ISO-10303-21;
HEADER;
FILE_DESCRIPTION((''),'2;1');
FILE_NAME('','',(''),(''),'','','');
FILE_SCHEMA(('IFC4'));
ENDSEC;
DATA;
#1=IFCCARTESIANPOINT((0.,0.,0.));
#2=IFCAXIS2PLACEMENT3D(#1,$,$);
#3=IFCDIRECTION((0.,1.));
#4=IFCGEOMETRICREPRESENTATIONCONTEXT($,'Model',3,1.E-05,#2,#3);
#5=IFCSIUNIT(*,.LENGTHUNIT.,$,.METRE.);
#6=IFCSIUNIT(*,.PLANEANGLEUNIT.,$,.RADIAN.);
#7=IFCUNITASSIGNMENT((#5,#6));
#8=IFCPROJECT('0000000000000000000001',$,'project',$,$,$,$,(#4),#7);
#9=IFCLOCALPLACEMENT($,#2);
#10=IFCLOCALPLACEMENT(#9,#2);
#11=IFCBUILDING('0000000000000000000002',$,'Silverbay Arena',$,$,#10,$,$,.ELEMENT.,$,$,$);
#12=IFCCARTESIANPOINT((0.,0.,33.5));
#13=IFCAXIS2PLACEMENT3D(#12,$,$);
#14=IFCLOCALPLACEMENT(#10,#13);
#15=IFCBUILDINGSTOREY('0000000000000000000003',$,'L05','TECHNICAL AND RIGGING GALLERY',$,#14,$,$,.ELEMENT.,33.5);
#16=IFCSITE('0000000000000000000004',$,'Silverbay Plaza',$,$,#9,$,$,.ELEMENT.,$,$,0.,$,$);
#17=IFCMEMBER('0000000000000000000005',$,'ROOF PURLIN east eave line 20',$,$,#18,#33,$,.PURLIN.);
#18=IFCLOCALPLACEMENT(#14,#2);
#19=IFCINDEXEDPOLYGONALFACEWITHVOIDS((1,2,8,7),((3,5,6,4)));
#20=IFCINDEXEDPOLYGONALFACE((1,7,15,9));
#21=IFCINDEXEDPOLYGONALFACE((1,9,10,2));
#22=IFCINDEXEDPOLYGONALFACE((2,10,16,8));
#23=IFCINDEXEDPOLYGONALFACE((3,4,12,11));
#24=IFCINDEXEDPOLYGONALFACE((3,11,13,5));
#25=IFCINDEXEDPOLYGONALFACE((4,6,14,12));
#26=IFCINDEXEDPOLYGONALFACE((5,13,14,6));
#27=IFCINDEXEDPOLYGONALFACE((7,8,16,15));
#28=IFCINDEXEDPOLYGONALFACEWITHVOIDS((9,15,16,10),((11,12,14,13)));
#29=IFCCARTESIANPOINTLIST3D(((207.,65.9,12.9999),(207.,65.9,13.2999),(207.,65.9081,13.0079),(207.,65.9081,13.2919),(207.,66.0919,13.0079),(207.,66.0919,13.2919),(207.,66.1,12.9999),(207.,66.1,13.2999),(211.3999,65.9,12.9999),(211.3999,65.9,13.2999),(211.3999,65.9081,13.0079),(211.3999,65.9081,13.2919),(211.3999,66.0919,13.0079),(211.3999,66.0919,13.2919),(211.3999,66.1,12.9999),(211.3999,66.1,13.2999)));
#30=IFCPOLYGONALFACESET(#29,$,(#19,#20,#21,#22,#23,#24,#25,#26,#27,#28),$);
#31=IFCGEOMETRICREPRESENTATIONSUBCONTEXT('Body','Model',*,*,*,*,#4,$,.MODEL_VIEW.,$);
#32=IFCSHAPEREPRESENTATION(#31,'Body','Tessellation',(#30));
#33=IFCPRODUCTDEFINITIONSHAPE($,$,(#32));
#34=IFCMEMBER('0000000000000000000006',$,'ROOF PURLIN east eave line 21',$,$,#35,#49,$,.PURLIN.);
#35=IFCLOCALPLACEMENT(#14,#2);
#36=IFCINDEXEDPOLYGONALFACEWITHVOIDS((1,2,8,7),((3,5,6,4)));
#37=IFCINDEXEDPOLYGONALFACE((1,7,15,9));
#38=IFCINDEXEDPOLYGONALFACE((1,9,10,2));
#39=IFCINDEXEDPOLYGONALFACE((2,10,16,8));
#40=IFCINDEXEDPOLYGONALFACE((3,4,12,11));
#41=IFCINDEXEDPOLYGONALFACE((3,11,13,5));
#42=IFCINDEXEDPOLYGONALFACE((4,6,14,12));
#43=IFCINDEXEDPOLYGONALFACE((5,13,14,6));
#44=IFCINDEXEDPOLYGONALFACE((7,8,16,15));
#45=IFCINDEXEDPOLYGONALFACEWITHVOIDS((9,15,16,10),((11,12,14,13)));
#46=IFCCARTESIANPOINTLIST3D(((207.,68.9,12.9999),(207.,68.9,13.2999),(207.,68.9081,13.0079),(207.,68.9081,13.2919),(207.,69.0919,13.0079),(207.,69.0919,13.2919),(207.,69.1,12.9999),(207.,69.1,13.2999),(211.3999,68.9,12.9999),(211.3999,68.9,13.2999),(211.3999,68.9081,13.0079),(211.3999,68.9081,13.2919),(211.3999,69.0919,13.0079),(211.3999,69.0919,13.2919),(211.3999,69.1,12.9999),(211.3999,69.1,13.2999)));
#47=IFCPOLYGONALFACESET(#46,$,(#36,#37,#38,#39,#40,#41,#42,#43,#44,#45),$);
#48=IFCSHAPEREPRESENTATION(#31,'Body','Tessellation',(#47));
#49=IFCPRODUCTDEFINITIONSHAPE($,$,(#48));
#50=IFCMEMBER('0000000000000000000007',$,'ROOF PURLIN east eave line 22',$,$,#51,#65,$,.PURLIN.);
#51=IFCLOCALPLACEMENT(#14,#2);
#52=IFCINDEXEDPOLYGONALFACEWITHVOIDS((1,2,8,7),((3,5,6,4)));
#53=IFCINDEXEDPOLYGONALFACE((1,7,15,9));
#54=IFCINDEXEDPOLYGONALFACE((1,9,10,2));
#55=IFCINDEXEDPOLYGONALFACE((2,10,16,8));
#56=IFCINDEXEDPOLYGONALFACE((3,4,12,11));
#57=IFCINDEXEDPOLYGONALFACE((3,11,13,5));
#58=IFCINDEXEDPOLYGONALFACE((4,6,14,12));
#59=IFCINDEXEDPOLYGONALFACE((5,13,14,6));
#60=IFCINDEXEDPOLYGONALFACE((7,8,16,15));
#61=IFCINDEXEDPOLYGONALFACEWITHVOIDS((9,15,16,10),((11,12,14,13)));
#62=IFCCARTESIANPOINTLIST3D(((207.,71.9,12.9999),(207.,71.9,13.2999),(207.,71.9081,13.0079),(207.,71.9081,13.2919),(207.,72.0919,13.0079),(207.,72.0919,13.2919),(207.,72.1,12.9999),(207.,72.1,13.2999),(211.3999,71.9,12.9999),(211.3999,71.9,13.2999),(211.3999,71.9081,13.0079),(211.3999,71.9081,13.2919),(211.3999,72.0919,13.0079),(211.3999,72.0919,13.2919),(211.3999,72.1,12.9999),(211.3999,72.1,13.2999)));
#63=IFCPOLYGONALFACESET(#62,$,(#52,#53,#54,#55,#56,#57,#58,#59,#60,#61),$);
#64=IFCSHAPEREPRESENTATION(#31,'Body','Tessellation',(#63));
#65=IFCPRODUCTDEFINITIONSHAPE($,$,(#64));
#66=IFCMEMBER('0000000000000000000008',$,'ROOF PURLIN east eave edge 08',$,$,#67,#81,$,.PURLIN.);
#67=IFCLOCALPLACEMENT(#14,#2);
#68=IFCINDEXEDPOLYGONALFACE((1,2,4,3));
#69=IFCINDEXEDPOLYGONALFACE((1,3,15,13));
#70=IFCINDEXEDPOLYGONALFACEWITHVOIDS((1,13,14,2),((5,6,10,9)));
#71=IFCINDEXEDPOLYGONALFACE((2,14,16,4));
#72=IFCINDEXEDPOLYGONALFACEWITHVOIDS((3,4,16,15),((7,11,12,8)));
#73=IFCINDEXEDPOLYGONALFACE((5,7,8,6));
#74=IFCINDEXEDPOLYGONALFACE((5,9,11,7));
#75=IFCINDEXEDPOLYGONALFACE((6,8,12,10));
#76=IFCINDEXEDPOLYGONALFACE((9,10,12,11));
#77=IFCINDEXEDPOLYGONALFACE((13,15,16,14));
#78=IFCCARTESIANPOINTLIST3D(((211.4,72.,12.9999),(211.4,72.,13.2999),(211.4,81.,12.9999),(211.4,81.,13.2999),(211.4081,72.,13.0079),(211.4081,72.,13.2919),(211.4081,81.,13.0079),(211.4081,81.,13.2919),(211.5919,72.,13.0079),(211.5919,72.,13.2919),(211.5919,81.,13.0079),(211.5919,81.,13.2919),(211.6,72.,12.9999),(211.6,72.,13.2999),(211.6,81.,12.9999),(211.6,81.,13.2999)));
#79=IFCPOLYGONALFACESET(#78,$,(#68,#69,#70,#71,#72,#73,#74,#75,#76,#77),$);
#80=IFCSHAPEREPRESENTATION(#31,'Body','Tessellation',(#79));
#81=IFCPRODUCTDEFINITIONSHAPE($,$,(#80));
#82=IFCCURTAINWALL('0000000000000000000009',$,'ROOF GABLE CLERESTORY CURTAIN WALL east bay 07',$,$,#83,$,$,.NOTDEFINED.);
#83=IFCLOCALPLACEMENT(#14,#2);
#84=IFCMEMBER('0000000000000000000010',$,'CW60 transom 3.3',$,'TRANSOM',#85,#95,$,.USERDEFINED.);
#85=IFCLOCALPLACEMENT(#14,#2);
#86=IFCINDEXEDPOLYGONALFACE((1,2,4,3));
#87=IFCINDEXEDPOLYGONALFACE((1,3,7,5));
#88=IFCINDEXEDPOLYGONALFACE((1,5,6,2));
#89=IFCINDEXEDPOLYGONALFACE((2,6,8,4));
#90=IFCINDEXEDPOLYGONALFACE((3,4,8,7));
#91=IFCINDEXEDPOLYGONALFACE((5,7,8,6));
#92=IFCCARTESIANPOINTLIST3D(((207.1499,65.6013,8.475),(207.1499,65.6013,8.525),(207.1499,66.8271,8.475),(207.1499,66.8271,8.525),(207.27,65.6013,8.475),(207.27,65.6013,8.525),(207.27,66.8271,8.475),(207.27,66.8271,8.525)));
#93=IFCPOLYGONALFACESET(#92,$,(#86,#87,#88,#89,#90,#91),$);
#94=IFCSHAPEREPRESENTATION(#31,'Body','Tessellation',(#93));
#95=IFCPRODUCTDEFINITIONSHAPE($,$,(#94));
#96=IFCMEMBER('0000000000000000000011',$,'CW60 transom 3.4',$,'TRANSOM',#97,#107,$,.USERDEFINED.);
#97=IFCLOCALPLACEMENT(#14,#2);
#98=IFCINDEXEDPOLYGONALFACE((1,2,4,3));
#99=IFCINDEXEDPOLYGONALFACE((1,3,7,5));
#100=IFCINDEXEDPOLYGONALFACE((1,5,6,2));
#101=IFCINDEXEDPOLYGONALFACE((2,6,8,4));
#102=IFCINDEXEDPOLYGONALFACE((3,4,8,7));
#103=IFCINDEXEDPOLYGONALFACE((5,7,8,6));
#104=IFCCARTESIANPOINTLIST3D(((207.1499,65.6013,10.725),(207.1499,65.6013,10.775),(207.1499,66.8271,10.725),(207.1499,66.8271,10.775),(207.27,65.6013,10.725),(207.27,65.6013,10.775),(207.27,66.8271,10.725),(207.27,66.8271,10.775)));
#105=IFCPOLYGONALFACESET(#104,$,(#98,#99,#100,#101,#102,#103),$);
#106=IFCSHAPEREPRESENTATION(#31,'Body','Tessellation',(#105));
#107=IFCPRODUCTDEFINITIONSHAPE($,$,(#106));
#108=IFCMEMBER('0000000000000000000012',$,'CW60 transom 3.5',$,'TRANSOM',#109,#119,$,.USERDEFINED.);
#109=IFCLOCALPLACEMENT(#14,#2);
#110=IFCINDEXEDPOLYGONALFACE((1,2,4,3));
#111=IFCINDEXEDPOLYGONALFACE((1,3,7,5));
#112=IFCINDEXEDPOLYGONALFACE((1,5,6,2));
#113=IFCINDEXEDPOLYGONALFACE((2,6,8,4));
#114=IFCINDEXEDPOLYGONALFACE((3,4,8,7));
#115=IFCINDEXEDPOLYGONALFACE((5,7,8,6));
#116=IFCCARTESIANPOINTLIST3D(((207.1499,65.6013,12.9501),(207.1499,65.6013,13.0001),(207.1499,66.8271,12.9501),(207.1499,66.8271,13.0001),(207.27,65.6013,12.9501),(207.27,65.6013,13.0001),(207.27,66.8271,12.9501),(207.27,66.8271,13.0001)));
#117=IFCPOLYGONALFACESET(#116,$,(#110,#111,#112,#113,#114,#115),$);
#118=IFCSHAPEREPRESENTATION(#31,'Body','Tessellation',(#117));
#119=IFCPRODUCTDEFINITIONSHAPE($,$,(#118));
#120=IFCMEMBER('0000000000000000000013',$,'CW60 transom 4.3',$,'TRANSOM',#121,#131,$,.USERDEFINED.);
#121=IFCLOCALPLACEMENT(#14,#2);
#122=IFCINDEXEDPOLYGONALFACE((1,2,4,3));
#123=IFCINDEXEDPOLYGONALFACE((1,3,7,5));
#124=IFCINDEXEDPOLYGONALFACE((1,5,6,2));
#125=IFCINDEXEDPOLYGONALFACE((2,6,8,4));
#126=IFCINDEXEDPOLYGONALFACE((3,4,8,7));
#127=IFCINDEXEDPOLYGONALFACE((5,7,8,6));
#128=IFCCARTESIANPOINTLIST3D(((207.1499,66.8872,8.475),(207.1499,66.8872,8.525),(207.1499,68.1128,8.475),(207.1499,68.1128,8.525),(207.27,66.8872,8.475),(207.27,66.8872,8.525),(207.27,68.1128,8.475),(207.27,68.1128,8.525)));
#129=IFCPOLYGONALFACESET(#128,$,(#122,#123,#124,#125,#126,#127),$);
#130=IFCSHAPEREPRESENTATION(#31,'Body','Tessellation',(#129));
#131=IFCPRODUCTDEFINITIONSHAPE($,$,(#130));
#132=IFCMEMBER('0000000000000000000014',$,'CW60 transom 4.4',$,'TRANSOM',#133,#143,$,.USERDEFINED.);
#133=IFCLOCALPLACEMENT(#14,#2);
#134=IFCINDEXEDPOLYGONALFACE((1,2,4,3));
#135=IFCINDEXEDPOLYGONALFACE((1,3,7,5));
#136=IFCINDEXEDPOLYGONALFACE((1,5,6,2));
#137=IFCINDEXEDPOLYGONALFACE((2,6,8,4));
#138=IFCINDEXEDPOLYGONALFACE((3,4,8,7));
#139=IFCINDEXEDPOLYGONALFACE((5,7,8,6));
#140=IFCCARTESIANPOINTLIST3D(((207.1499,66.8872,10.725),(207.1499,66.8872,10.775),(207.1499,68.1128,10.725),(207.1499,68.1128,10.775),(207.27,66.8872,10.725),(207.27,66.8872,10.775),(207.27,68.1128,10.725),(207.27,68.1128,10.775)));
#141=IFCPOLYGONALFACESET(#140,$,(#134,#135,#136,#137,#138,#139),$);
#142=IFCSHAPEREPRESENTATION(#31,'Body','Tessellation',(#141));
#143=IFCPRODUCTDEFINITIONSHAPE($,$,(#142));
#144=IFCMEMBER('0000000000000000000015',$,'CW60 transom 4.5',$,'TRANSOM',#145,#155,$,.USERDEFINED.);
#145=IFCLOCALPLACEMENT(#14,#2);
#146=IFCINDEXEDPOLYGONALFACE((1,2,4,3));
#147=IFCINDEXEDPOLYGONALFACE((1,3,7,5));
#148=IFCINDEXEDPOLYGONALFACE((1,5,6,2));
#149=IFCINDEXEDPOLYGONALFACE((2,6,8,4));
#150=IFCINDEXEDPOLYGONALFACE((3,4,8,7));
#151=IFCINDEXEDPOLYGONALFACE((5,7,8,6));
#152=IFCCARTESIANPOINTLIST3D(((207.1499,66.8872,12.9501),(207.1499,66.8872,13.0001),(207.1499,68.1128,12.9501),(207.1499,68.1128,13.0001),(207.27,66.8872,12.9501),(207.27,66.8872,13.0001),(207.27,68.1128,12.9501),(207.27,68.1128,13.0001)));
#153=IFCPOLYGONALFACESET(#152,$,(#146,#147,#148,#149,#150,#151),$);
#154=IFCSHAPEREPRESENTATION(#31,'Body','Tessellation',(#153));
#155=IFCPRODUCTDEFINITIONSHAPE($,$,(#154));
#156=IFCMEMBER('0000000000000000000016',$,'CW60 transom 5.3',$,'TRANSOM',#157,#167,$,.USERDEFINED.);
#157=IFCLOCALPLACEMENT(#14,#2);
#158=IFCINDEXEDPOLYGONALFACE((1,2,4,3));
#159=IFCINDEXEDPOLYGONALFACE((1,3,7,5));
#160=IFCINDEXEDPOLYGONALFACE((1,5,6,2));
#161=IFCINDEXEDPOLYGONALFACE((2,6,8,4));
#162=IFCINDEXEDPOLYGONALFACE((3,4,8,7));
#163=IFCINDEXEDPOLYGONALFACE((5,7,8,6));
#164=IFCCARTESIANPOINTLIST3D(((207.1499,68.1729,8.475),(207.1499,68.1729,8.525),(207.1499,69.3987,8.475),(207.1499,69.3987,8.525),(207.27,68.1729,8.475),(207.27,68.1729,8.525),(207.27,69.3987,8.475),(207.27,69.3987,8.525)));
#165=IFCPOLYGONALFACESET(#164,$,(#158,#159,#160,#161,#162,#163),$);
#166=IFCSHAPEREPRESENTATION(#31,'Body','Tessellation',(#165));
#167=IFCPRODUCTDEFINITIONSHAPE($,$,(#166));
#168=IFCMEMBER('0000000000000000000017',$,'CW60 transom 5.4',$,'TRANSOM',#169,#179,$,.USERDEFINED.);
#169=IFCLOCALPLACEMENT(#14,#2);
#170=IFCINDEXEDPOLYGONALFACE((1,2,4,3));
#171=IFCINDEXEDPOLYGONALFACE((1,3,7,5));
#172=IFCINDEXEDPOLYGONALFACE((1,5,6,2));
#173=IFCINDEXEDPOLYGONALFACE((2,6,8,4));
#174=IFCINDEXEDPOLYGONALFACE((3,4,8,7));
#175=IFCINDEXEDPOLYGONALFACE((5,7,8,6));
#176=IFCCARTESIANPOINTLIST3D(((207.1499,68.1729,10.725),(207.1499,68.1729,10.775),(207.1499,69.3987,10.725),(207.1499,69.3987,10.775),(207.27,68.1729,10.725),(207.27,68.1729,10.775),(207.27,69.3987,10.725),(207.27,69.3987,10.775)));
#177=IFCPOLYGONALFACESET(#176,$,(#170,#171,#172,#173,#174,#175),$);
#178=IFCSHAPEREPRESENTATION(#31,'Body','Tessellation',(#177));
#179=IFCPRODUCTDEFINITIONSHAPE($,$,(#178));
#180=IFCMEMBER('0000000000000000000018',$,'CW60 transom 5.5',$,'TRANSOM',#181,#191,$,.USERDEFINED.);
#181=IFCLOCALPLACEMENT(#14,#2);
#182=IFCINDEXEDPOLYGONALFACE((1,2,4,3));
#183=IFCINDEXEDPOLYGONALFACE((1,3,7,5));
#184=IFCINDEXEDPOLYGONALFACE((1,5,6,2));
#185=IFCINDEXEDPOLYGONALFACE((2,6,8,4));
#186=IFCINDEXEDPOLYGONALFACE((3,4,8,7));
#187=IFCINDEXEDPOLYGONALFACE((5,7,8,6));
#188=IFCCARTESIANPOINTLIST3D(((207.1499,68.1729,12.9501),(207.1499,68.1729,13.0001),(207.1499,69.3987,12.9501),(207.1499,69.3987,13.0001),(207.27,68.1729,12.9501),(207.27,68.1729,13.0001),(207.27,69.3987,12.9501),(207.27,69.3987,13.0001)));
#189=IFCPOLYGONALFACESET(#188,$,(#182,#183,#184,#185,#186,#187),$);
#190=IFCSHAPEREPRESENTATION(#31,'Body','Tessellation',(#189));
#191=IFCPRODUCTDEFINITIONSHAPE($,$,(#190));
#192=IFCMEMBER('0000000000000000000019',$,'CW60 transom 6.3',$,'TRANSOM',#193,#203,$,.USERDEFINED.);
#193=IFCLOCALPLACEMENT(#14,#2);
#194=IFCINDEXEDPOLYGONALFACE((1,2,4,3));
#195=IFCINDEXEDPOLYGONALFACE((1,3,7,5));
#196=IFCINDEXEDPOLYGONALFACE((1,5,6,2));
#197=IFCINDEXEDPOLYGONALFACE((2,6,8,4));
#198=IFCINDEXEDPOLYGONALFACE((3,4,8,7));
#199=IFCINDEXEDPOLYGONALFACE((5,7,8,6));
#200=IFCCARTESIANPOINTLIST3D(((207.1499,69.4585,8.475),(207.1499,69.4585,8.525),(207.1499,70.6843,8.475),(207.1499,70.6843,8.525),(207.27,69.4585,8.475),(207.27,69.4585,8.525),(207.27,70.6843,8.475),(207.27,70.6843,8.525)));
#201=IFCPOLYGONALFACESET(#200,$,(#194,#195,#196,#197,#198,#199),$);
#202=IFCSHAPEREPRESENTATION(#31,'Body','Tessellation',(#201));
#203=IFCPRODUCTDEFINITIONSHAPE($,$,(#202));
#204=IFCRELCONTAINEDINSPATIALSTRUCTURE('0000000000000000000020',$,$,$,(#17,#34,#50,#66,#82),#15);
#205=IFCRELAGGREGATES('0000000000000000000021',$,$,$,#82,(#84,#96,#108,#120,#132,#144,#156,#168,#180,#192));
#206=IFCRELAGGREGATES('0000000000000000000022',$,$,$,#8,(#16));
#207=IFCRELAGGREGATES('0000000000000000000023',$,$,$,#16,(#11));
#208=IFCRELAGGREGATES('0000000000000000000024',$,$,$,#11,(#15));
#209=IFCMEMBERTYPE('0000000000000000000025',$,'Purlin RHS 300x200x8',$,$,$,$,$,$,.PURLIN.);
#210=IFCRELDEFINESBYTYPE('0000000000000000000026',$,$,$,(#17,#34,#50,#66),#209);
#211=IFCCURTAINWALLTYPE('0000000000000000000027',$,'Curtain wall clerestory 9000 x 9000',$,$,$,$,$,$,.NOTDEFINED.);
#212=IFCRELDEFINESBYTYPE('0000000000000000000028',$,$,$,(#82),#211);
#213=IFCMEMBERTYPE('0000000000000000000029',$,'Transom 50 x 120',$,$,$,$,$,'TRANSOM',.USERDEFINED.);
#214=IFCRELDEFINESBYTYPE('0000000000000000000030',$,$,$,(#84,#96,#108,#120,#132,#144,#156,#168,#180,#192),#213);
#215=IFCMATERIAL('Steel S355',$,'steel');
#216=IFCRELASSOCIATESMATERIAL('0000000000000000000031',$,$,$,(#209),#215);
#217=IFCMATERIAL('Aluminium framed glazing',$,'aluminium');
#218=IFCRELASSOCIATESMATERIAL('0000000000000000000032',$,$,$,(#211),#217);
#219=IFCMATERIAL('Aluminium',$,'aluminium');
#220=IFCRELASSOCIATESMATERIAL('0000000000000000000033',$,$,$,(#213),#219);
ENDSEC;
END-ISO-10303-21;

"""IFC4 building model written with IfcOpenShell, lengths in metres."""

from ifc_helpers import new_model, si_unit, direction, frame, origin, origin_2d, place, context, subcontext, project, spatial, rectangle, hollow_rectangle, extrude, material, material_profile, profile_set, type_object, element, aggregate, save


model = new_model("IFC4")

# Units and contexts
model_context = context("Model", 3, precision=1e-05, world=origin(), true_north=direction((0.0, 1.0)))
body_context = subcontext(model_context, "Body", "Model", "MODEL_VIEW")
ifc_project = project(units=[si_unit("LENGTHUNIT", "METRE"), si_unit("PLANEANGLEUNIT", "RADIAN")], contexts=[model_context])

# Site, building, storey
site_placement = place(None, origin())
site = spatial("IfcSite", under=ifc_project, at=site_placement, Name="Silverbay Plaza", CompositionType="ELEMENT", RefElevation=0.0)
building_placement = place(site_placement, origin())
building = spatial("IfcBuilding", under=site, at=building_placement, Name="Silverbay Arena", CompositionType="ELEMENT")
storey_placement = place(building_placement, frame((0.0, 0.0, 33.5)))
storey = spatial("IfcBuildingStorey", under=building, at=storey_placement, Name="L05", Description="TECHNICAL AND RIGGING GALLERY", CompositionType="ELEMENT", Elevation=33.5)

# Members
ifc_material_1 = material(Name="Steel S355", Category="steel")
ifc_material_profile_1 = material_profile(ifc_material_1, hollow_rectangle(XDim=0.2, YDim=0.3, WallThickness=0.0081, at=origin_2d()), Name="RHS 300x200x8")
ifc_profile_set_1 = profile_set([ifc_material_profile_1], Name="Steel S355")
member_type_1 = type_object("IfcMemberType", Name="Purlin RHS 300x200x8", PredefinedType="PURLIN", material=ifc_profile_set_1)
for number, where, z_axis, x_axis, name in (
    (1, (211.3999, 66.0, 13.1499), (-1.0, 0.0, 0.0), (0.0, -1.0, 0.0), "ROOF PURLIN east eave line 20"),
    (2, (211.3999, 69.0, 13.1499), (-1.0, 0.0, 0.0), (0.0, -1.0, 0.0), "ROOF PURLIN east eave line 21"),
    (3, (211.3999, 72.0, 13.1499), (-1.0, 0.0, 0.0), (0.0, -1.0, 0.0), "ROOF PURLIN east eave line 22"),
):
    element("IfcMember", number, at=place(storey_placement, frame(where, z_axis=z_axis, x_axis=x_axis)), inside=storey, type_object=member_type_1, Name=name, PredefinedType="PURLIN", context=body_context, shape_type="SweptSolid", body=[
        extrude(hollow_rectangle(XDim=0.2, YDim=0.3, WallThickness=0.0081, at=origin_2d()), origin(), (0.0, 0.0, 1.0), 4.3999),
    ])
member_1_placement = place(storey_placement, frame((211.5, 72.0, 13.1499), z_axis=(0.0, 1.0, 0.0), x_axis=(-1.0, 0.0, 0.0)))
element("IfcMember", 4, at=member_1_placement, inside=storey, type_object=member_type_1, Name="ROOF PURLIN east eave edge 08", PredefinedType="PURLIN", context=body_context, shape_type="SweptSolid", body=[
    extrude(hollow_rectangle(XDim=0.2, YDim=0.3, WallThickness=0.0081, at=origin_2d()), origin(), (0.0, 0.0, 1.0), 9.0),
])

# Curtain wall, members
ifc_material_2 = material(Name="Aluminium framed glazing", Category="aluminium")
curtain_wall_type = type_object("IfcCurtainWallType", Name="Curtain wall clerestory 9000 x 9000", PredefinedType="NOTDEFINED", material=ifc_material_2)
curtain_wall_1_placement = place(storey_placement, origin())
curtain_wall_1 = element("IfcCurtainWall", 5, at=curtain_wall_1_placement, inside=storey, type_object=curtain_wall_type, Name="ROOF GABLE CLERESTORY CURTAIN WALL east bay 07", PredefinedType="NOTDEFINED")
ifc_material_3 = material(Name="Aluminium", Category="aluminium")
ifc_material_profile_2 = material_profile(ifc_material_3, rectangle(XDim=0.1201, YDim=0.05, at=origin_2d()), Name="Transom 50 x 120")
ifc_profile_set_2 = profile_set([ifc_material_profile_2], Name="Aluminium")
member_type_2 = type_object("IfcMemberType", Name="Transom 50 x 120", ElementType="TRANSOM", PredefinedType="USERDEFINED", material=ifc_profile_set_2)
member_2_placement = place(storey_placement, frame((207.21, 65.6013, 8.5), z_axis=(0.0, 1.0, 0.0), x_axis=(-1.0, 0.0, 0.0)))
member_2 = element("IfcMember", 6, at=member_2_placement, type_object=member_type_2, Name="CW60 transom 3.3", ObjectType="TRANSOM", PredefinedType="USERDEFINED", context=body_context, shape_type="SweptSolid", body=[
    extrude(rectangle(XDim=0.1201, YDim=0.05, at=origin_2d()), origin(), (0.0, 0.0, 1.0), 1.2258),
])
member_3_placement = place(storey_placement, frame((207.21, 65.6013, 10.75), z_axis=(0.0, 1.0, 0.0), x_axis=(-1.0, 0.0, 0.0)))
member_3 = element("IfcMember", 7, at=member_3_placement, type_object=member_type_2, Name="CW60 transom 3.4", ObjectType="TRANSOM", PredefinedType="USERDEFINED", context=body_context, shape_type="SweptSolid", body=[
    extrude(rectangle(XDim=0.1201, YDim=0.05, at=origin_2d()), origin(), (0.0, 0.0, 1.0), 1.2258),
])
member_4_placement = place(storey_placement, frame((207.21, 65.6013, 12.9751), z_axis=(0.0, 1.0, 0.0), x_axis=(-1.0, 0.0, 0.0)))
member_4 = element("IfcMember", 8, at=member_4_placement, type_object=member_type_2, Name="CW60 transom 3.5", ObjectType="TRANSOM", PredefinedType="USERDEFINED", context=body_context, shape_type="SweptSolid", body=[
    extrude(rectangle(XDim=0.1201, YDim=0.05, at=origin_2d()), origin(), (0.0, 0.0, 1.0), 1.2258),
])
member_5_placement = place(storey_placement, frame((207.21, 66.8872, 8.5), z_axis=(0.0, 1.0, 0.0), x_axis=(-1.0, 0.0, 0.0)))
member_5 = element("IfcMember", 9, at=member_5_placement, type_object=member_type_2, Name="CW60 transom 4.3", ObjectType="TRANSOM", PredefinedType="USERDEFINED", context=body_context, shape_type="SweptSolid", body=[
    extrude(rectangle(XDim=0.1201, YDim=0.05, at=origin_2d()), origin(), (0.0, 0.0, 1.0), 1.2256),
])
member_6_placement = place(storey_placement, frame((207.21, 66.8872, 10.75), z_axis=(0.0, 1.0, 0.0), x_axis=(-1.0, 0.0, 0.0)))
member_6 = element("IfcMember", 10, at=member_6_placement, type_object=member_type_2, Name="CW60 transom 4.4", ObjectType="TRANSOM", PredefinedType="USERDEFINED", context=body_context, shape_type="SweptSolid", body=[
    extrude(rectangle(XDim=0.1201, YDim=0.05, at=origin_2d()), origin(), (0.0, 0.0, 1.0), 1.2256),
])
member_7_placement = place(storey_placement, frame((207.21, 66.8872, 12.9751), z_axis=(0.0, 1.0, 0.0), x_axis=(-1.0, 0.0, 0.0)))
member_7 = element("IfcMember", 11, at=member_7_placement, type_object=member_type_2, Name="CW60 transom 4.5", ObjectType="TRANSOM", PredefinedType="USERDEFINED", context=body_context, shape_type="SweptSolid", body=[
    extrude(rectangle(XDim=0.1201, YDim=0.05, at=origin_2d()), origin(), (0.0, 0.0, 1.0), 1.2256),
])
member_8_placement = place(storey_placement, frame((207.21, 68.1729, 8.5), z_axis=(0.0, 1.0, 0.0), x_axis=(-1.0, 0.0, 0.0)))
member_8 = element("IfcMember", 12, at=member_8_placement, type_object=member_type_2, Name="CW60 transom 5.3", ObjectType="TRANSOM", PredefinedType="USERDEFINED", context=body_context, shape_type="SweptSolid", body=[
    extrude(rectangle(XDim=0.1201, YDim=0.05, at=origin_2d()), origin(), (0.0, 0.0, 1.0), 1.2258),
])
member_9_placement = place(storey_placement, frame((207.21, 68.1729, 10.75), z_axis=(0.0, 1.0, 0.0), x_axis=(-1.0, 0.0, 0.0)))
member_9 = element("IfcMember", 13, at=member_9_placement, type_object=member_type_2, Name="CW60 transom 5.4", ObjectType="TRANSOM", PredefinedType="USERDEFINED", context=body_context, shape_type="SweptSolid", body=[
    extrude(rectangle(XDim=0.1201, YDim=0.05, at=origin_2d()), origin(), (0.0, 0.0, 1.0), 1.2258),
])
member_10_placement = place(storey_placement, frame((207.21, 68.1729, 12.9751), z_axis=(0.0, 1.0, 0.0), x_axis=(-1.0, 0.0, 0.0)))
member_10 = element("IfcMember", 14, at=member_10_placement, type_object=member_type_2, Name="CW60 transom 5.5", ObjectType="TRANSOM", PredefinedType="USERDEFINED", context=body_context, shape_type="SweptSolid", body=[
    extrude(rectangle(XDim=0.1201, YDim=0.05, at=origin_2d()), origin(), (0.0, 0.0, 1.0), 1.2258),
])
member_11_placement = place(storey_placement, frame((207.21, 69.4585, 8.5), z_axis=(0.0, 1.0, 0.0), x_axis=(-1.0, 0.0, 0.0)))
member_11 = element("IfcMember", 15, at=member_11_placement, type_object=member_type_2, Name="CW60 transom 6.3", ObjectType="TRANSOM", PredefinedType="USERDEFINED", context=body_context, shape_type="SweptSolid", body=[
    extrude(rectangle(XDim=0.1201, YDim=0.05, at=origin_2d()), origin(), (0.0, 0.0, 1.0), 1.2258),
])

aggregate(curtain_wall_1, [member_2, member_3, member_4, member_5, member_6, member_7, member_8, member_9, member_10, member_11])

save(model, "model.ifc")
